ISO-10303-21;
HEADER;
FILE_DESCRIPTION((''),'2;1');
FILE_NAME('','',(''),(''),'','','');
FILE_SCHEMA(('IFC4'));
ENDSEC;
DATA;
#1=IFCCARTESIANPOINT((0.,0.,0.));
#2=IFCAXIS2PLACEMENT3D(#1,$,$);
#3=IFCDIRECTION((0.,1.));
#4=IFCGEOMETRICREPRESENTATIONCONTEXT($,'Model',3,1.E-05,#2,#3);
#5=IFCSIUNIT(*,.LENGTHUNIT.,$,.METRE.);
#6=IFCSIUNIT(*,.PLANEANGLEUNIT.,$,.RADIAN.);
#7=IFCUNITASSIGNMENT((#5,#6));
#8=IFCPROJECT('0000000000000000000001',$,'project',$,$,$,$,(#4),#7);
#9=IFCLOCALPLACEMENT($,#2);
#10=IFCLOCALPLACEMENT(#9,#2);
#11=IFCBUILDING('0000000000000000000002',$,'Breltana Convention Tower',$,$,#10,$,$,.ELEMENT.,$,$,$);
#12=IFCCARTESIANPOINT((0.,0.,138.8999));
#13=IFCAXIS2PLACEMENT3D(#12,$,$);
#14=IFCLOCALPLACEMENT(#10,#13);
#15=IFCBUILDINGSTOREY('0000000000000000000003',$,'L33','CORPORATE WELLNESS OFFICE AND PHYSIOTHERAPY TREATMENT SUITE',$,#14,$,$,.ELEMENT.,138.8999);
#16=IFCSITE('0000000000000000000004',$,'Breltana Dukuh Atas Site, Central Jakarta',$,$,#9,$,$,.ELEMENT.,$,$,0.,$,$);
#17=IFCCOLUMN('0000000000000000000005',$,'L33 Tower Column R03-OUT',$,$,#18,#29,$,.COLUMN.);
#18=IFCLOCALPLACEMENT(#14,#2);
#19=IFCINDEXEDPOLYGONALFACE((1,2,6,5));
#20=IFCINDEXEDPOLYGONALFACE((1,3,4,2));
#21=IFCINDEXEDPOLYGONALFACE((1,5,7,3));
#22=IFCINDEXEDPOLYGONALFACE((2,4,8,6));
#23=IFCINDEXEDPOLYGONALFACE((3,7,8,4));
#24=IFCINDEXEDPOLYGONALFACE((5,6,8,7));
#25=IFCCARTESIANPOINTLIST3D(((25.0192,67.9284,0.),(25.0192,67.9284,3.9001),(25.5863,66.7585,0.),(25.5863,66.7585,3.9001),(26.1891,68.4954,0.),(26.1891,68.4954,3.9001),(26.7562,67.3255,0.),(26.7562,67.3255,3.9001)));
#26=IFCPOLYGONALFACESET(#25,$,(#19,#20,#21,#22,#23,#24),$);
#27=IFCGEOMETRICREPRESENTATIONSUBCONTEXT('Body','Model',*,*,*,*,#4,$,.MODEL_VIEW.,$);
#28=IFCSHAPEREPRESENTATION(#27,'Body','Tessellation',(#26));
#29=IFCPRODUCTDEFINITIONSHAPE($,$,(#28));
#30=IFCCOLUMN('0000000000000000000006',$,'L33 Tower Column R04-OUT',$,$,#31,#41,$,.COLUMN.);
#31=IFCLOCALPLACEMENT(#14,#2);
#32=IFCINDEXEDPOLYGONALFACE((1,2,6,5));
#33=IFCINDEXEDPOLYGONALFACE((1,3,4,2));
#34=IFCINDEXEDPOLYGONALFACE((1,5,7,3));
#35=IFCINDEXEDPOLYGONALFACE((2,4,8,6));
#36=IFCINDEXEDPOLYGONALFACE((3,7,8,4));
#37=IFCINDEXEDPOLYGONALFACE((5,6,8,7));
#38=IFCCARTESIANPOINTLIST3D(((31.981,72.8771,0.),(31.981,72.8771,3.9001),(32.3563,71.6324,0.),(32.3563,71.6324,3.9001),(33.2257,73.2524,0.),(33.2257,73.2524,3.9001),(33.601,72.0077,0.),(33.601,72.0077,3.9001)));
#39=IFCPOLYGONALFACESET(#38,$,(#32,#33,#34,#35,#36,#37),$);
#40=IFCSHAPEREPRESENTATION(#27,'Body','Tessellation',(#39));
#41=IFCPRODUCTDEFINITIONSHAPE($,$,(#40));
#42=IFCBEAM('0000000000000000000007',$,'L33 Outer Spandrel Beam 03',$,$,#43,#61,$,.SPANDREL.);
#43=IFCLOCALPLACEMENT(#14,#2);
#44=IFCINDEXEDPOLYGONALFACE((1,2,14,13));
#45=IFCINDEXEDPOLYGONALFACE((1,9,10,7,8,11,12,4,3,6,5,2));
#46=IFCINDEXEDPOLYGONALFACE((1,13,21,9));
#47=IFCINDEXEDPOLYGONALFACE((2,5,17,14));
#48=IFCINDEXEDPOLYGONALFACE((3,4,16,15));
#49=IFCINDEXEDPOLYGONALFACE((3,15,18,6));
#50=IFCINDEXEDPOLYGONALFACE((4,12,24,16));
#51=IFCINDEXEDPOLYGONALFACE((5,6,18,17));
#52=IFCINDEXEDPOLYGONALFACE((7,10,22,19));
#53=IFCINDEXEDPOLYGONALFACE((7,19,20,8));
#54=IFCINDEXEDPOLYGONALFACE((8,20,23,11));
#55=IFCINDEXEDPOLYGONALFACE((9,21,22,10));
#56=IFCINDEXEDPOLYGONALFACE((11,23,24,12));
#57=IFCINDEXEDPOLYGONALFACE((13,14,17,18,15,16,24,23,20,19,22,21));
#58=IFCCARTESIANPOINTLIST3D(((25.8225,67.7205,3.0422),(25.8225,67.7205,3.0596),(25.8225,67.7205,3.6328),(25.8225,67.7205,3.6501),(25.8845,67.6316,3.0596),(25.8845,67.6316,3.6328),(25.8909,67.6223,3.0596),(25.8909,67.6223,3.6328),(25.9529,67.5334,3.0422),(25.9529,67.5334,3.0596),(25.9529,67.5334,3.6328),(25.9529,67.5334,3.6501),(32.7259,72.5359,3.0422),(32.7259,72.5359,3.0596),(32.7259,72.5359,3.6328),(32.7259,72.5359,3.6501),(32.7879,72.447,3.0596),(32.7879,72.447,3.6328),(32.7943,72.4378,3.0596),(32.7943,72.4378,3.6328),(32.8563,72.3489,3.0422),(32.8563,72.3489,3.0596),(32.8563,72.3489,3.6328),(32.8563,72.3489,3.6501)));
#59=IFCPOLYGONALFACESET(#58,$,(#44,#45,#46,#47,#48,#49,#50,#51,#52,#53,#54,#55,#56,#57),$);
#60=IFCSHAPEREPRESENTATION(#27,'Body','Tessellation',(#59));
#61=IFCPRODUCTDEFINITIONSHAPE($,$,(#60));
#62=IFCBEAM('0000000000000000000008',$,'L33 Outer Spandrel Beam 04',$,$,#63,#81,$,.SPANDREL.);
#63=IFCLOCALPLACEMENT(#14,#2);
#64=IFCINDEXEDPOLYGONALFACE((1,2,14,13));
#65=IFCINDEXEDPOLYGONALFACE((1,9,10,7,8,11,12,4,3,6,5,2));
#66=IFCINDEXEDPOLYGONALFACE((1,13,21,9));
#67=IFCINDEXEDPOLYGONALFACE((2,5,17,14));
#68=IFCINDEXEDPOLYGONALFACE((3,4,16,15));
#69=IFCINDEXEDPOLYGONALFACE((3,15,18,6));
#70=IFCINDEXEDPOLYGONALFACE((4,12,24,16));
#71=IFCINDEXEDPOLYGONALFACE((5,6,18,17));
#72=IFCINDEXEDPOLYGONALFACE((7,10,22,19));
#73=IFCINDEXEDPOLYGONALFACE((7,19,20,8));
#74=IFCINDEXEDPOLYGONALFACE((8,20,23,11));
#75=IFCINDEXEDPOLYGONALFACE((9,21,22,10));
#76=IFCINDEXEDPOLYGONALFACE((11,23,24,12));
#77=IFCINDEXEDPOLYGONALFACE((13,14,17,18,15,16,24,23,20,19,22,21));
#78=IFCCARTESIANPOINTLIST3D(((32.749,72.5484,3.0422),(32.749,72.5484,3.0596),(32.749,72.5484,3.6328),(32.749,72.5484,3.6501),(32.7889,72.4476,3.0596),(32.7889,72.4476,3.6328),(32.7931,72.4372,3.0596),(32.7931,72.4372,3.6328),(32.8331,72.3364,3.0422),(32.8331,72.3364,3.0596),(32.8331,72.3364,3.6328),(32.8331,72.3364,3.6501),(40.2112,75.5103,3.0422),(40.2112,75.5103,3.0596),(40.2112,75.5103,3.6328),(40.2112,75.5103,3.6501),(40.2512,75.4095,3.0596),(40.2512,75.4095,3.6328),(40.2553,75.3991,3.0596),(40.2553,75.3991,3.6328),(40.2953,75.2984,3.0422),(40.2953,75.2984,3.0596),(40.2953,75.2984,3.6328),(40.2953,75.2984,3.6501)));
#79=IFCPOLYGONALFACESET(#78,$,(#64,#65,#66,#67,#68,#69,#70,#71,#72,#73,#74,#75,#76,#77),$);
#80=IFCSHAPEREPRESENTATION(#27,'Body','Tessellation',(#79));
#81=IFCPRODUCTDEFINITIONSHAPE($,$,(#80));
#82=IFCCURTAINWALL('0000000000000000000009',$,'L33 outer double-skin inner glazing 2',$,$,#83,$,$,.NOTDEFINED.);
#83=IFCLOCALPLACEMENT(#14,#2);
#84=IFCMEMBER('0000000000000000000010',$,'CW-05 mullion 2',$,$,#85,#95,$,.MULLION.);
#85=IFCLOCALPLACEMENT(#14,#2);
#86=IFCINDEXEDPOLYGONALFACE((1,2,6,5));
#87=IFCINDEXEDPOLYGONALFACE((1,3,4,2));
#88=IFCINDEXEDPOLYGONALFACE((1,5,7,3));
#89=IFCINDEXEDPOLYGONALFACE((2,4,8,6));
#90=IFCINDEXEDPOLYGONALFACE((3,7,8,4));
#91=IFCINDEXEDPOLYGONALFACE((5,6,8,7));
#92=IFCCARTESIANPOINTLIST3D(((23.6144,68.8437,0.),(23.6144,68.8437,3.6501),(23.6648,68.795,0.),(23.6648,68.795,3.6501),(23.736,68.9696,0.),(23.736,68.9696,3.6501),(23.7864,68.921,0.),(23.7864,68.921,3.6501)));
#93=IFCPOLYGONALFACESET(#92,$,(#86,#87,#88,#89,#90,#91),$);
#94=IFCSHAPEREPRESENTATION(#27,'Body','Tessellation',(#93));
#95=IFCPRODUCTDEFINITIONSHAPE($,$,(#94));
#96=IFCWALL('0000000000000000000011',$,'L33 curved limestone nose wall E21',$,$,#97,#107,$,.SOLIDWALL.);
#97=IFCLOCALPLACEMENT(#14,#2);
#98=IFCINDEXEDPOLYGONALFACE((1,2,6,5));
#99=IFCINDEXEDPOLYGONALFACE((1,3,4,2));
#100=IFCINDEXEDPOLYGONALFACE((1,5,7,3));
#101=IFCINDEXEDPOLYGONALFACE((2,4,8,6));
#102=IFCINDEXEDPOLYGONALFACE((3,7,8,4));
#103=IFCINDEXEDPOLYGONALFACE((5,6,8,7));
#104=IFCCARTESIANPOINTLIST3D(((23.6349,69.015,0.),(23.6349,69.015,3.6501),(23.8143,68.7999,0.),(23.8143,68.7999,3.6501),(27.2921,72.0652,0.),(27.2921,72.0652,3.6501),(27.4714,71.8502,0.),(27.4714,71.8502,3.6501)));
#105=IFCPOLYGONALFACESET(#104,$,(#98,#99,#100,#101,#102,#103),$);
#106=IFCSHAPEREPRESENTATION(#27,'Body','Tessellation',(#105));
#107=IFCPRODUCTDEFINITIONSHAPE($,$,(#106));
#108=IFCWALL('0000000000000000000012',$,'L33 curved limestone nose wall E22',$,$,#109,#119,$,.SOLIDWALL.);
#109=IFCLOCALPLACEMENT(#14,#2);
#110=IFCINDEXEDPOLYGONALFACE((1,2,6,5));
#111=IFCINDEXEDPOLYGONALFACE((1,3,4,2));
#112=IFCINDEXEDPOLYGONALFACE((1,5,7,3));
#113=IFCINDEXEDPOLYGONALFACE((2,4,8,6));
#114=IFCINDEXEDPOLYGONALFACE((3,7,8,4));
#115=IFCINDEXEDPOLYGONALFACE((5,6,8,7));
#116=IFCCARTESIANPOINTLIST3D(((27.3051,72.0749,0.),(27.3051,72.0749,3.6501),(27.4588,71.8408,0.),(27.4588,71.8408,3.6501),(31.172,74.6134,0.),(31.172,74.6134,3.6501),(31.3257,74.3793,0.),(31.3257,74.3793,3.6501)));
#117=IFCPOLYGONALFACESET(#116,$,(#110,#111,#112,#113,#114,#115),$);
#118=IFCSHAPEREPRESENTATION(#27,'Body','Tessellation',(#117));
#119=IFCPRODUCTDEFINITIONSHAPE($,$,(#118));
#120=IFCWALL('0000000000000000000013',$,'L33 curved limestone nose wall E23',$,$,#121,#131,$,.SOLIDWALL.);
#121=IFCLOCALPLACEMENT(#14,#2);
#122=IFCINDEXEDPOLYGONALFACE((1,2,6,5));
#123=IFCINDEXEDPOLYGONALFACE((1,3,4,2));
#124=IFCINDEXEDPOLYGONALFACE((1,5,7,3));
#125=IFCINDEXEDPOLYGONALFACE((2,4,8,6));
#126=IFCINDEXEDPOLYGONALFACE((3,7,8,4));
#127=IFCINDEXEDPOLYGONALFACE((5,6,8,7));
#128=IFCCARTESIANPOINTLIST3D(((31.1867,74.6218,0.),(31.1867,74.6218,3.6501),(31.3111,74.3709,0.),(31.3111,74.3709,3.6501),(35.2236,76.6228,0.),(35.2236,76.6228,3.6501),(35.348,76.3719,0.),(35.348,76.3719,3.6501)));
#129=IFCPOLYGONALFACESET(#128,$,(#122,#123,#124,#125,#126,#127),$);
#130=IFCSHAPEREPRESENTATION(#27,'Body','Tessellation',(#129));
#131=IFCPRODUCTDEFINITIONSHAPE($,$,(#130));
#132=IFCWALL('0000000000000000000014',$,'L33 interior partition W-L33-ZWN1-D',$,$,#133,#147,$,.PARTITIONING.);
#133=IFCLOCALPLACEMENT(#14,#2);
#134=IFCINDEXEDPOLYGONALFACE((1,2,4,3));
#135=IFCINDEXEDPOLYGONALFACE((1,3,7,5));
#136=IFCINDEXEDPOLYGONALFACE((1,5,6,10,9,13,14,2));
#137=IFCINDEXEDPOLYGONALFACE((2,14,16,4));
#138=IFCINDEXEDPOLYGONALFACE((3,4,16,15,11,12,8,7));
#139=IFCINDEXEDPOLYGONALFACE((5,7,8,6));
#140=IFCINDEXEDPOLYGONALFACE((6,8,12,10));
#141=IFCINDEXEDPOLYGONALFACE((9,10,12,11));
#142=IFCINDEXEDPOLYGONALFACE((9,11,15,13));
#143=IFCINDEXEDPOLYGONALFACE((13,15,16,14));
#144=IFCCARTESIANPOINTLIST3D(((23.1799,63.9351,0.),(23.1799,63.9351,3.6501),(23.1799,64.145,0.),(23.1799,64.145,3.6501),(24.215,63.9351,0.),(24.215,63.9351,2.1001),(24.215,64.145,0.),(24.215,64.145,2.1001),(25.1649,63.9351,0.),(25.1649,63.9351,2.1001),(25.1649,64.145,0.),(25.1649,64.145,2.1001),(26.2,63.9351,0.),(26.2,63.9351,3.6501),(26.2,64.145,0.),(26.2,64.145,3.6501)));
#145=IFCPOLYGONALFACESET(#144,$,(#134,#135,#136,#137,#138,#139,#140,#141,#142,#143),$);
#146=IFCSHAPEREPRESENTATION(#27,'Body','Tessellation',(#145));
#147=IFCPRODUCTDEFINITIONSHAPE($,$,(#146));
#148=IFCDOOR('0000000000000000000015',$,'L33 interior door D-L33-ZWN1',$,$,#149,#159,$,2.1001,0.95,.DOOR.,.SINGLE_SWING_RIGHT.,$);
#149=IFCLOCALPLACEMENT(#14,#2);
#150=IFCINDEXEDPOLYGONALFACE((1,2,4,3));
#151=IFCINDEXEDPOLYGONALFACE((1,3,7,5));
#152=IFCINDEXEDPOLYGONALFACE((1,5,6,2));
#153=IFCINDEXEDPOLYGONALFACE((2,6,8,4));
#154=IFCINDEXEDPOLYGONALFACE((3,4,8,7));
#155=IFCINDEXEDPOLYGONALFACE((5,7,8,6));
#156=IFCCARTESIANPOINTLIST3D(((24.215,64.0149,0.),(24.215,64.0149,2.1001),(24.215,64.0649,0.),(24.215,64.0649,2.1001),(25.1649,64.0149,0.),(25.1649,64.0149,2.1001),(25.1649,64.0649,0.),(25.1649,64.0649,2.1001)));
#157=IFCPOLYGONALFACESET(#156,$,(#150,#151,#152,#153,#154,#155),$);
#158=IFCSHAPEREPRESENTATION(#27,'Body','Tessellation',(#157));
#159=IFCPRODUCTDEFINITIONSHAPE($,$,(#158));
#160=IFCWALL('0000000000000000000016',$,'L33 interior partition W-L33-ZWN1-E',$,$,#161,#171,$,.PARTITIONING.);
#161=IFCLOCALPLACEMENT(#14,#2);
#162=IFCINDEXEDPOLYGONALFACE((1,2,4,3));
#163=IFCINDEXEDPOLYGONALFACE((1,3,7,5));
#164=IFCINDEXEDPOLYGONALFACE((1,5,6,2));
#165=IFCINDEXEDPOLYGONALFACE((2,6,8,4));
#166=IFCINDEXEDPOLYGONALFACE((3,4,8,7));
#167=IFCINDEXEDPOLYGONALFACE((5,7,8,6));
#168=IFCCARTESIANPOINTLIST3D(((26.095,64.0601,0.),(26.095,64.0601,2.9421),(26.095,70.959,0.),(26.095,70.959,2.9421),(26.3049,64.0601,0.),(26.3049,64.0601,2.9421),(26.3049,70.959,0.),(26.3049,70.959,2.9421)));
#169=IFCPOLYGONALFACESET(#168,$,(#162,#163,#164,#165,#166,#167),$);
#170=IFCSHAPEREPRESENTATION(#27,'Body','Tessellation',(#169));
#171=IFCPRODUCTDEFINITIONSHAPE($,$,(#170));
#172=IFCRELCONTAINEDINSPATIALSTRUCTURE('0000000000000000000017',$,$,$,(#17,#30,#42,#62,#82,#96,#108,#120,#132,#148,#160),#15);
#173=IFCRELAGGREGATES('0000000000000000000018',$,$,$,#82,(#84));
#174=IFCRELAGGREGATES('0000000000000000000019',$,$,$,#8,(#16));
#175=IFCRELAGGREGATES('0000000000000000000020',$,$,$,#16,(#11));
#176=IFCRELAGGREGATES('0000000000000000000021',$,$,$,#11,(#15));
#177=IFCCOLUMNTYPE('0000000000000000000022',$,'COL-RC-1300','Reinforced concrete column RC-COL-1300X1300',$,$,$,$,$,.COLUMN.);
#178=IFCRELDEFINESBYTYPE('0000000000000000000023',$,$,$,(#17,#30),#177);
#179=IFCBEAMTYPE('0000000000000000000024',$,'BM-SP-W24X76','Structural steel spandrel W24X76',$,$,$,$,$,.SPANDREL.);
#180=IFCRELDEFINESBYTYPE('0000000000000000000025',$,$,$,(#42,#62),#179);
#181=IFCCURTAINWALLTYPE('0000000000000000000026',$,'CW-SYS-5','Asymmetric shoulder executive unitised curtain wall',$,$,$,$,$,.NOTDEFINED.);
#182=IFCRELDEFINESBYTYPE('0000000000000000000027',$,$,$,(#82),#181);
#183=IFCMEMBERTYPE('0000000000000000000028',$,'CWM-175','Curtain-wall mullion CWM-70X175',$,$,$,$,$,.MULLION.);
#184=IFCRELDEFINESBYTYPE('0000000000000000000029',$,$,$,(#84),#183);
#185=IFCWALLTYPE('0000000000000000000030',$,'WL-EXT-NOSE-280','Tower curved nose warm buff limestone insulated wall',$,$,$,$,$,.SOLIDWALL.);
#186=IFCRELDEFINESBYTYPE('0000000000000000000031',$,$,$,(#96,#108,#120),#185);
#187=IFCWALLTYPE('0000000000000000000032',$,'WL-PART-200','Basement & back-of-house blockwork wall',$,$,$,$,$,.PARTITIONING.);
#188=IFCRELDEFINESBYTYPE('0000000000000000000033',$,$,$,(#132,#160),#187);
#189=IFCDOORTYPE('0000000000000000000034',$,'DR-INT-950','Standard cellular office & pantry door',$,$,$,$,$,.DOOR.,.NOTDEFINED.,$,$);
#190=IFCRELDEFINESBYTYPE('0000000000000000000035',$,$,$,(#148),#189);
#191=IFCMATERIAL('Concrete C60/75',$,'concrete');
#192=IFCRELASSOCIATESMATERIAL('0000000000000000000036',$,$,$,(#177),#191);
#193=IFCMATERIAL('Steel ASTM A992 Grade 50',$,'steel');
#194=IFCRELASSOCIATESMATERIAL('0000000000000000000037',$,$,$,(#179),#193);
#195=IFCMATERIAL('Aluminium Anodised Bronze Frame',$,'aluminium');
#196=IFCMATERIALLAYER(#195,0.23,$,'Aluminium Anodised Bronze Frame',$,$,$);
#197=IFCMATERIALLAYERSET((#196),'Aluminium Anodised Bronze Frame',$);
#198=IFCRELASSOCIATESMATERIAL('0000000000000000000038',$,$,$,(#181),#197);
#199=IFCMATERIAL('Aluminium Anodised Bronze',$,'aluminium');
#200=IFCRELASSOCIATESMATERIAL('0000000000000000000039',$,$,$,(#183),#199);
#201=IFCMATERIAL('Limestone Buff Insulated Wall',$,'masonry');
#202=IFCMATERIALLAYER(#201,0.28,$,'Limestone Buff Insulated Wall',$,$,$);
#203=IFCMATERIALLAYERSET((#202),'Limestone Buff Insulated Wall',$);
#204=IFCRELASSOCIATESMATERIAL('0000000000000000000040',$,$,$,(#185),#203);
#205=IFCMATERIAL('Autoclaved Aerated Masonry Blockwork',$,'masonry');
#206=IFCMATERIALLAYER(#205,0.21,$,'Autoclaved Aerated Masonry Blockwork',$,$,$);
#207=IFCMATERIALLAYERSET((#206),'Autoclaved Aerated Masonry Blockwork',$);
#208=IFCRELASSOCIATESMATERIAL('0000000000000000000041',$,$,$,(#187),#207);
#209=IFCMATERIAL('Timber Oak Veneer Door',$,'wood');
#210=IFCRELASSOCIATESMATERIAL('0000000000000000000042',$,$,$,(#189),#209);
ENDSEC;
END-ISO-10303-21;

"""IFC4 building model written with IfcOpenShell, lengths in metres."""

from ifc_helpers import new_model, si_unit, direction, frame, frame_2d, origin, origin_2d, place, context, subcontext, project, spatial, rectangle, i_section, extrude, source, transform, mapped, material, layer, layer_set, material_profile, profile_set, type_object, type_shapes, element, fill, aggregate, save


model = new_model("IFC4")

# Units and contexts
model_context = context("Model", 3, precision=1e-05, world=origin(), true_north=direction((0.0, 1.0)))
body_context = subcontext(model_context, "Body", "Model", "MODEL_VIEW")
ifc_project = project(units=[si_unit("LENGTHUNIT", "METRE"), si_unit("PLANEANGLEUNIT", "RADIAN")], contexts=[model_context])

# Site, building, storey
site_placement = place(None, origin())
site = spatial("IfcSite", under=ifc_project, at=site_placement, Name="Breltana Dukuh Atas Site, Central Jakarta", CompositionType="ELEMENT", RefElevation=0.0)
building_placement = place(site_placement, origin())
building = spatial("IfcBuilding", under=site, at=building_placement, Name="Breltana Convention Tower", CompositionType="ELEMENT")
storey_placement = place(building_placement, frame((0.0, 0.0, 138.8999)))
storey = spatial("IfcBuildingStorey", under=building, at=storey_placement, Name="L33", Description="CORPORATE WELLNESS OFFICE AND PHYSIOTHERAPY TREATMENT SUITE", CompositionType="ELEMENT", Elevation=138.8999)

# Columns
ifc_material_1 = material(Name="Concrete C60/75", Category="concrete")
ifc_material_profile_1 = material_profile(ifc_material_1, rectangle(XDim=1.3, YDim=1.3, at=origin_2d()), Name="RC-COL-1300X1300")
ifc_profile_set_1 = profile_set([ifc_material_profile_1], Name="Concrete C60/75")
column_type = type_object("IfcColumnType", Name="COL-RC-1300", Description="Reinforced concrete column RC-COL-1300X1300", PredefinedType="COLUMN", material=ifc_profile_set_1)
shared_shape_1 = source(origin(), body_context, "Body", "SweptSolid", [
    extrude(rectangle(XDim=1.3, YDim=1.3, at=origin_2d()), origin(), (0.0, 0.0, 1.0), 3.9001),
])
for number, where, z_axis, x_axis, name in (
    (1, (25.8877, 67.627, 0.0), (0.0, 0.0, 1.0), (-0.436174, 0.899863, 0.0), "L33 Tower Column R03-OUT"),
    (2, (32.791, 72.4424, 0.0), (0.0, 0.0, 1.0), (-0.288698, 0.95742, 0.0), "L33 Tower Column R04-OUT"),
):
    element("IfcColumn", number, at=place(storey_placement, frame(where, z_axis=z_axis, x_axis=x_axis)), inside=storey, type_object=column_type, Name=name, PredefinedType="COLUMN", context=body_context, shape_type="MappedRepresentation", body=[
        mapped(shared_shape_1, transform((0.0, 0.0, 0.0), scale=1.0)),
    ])

# Beams
ifc_material_2 = material(Name="Steel ASTM A992 Grade 50", Category="steel")
ifc_material_profile_2 = material_profile(ifc_material_2, i_section(OverallWidth=0.228, OverallDepth=0.6079, WebThickness=0.0112, FlangeThickness=0.0173, at=origin_2d()), Name="W24X76")
ifc_profile_set_2 = profile_set([ifc_material_profile_2], Name="Steel ASTM A992 Grade 50")
beam_type = type_object("IfcBeamType", Name="BM-SP-W24X76", Description="Structural steel spandrel W24X76", PredefinedType="SPANDREL", material=ifc_profile_set_2)
shared_shape_2 = source(origin(), body_context, "Body", "SweptSolid", [
    extrude(i_section(OverallWidth=0.228, OverallDepth=0.6079, WebThickness=0.0112, FlangeThickness=0.0173, at=origin_2d()), origin(), (0.0, 0.0, 1.0), 8.417),
])
beam_1_placement = place(storey_placement, frame((25.8877, 67.627, 3.3462), z_axis=(0.820174, 0.572114, 0.0), x_axis=(-0.572114, 0.820174, 0.0)))
element("IfcBeam", 3, at=beam_1_placement, inside=storey, type_object=beam_type, Name="L33 Outer Spandrel Beam 03", PredefinedType="SPANDREL", context=body_context, shape_type="MappedRepresentation", body=[
    mapped(shared_shape_2, transform((0.0, 0.0, 0.0), scale=1.0)),
])
shared_shape_3 = source(origin(), body_context, "Body", "SweptSolid", [
    extrude(i_section(OverallWidth=0.228, OverallDepth=0.6079, WebThickness=0.0112, FlangeThickness=0.0173, at=origin_2d()), origin(), (0.0, 0.0, 1.0), 8.0286),
])
beam_2_placement = place(storey_placement, frame((32.791, 72.4424, 3.3462), z_axis=(0.929459, 0.368925, 0.0), x_axis=(-0.368925, 0.929459, 0.0)))
element("IfcBeam", 4, at=beam_2_placement, inside=storey, type_object=beam_type, Name="L33 Outer Spandrel Beam 04", PredefinedType="SPANDREL", context=body_context, shape_type="MappedRepresentation", body=[
    mapped(shared_shape_3, transform((0.0, 0.0, 0.0), scale=1.0)),
])

# Curtain wall, member
ifc_material_3 = material(Name="Aluminium Anodised Bronze Frame", Category="aluminium")
ifc_layer_1 = layer(ifc_material_3, 0.23, Name="Aluminium Anodised Bronze Frame")
ifc_layer_set_1 = layer_set([ifc_layer_1], Name="Aluminium Anodised Bronze Frame")
curtain_wall_type = type_object("IfcCurtainWallType", Name="CW-SYS-5", Description="Asymmetric shoulder executive unitised curtain wall", PredefinedType="NOTDEFINED", material=ifc_layer_set_1)
curtain_wall_placement = place(storey_placement, origin())
curtain_wall = element("IfcCurtainWall", 5, at=curtain_wall_placement, inside=storey, type_object=curtain_wall_type, Name="L33 outer double-skin inner glazing 2", PredefinedType="NOTDEFINED")
ifc_material_4 = material(Name="Aluminium Anodised Bronze", Category="aluminium")
ifc_material_profile_3 = material_profile(ifc_material_4, rectangle(XDim=0.0701, YDim=0.175, at=origin_2d()), Name="CWM-70X175")
ifc_profile_set_3 = profile_set([ifc_material_profile_3], Name="Aluminium Anodised Bronze")
member_type = type_object("IfcMemberType", Name="CWM-175", Description="Curtain-wall mullion CWM-70X175", PredefinedType="MULLION", material=ifc_profile_set_3)
shared_shape_4 = source(origin(), body_context, "Body", "SweptSolid", [
    extrude(rectangle(XDim=0.0701, YDim=0.175, at=origin_2d()), origin(), (0.0, 0.0, 1.0), 3.6501),
])
member_placement = place(storey_placement, frame((23.7004, 68.8823, 0.0), z_axis=(0.0, 0.0, 1.0), x_axis=(-0.719385, 0.694612, 0.0)))
member = element("IfcMember", 6, at=member_placement, type_object=member_type, Name="CW-05 mullion 2", PredefinedType="MULLION", context=body_context, shape_type="MappedRepresentation", body=[
    mapped(shared_shape_4, transform((0.0, 0.0, 0.0), scale=1.0)),
])
aggregate(curtain_wall, [member])

# Walls
ifc_material_5 = material(Name="Limestone Buff Insulated Wall", Category="masonry")
ifc_layer_2 = layer(ifc_material_5, 0.28, Name="Limestone Buff Insulated Wall")
ifc_layer_set_2 = layer_set([ifc_layer_2], Name="Limestone Buff Insulated Wall")
wall_type_1 = type_object("IfcWallType", Name="WL-EXT-NOSE-280", Description="Tower curved nose warm buff limestone insulated wall", PredefinedType="SOLIDWALL", material=ifc_layer_set_2)
shared_shape_5 = source(origin(), body_context, "Body", "SweptSolid", [
    extrude(rectangle(XDim=4.7622, YDim=0.28, at=frame_2d((2.3811, 0.0))), origin(), (0.0, 0.0, 1.0), 3.6501),
])
wall_1_placement = place(storey_placement, frame((23.7246, 68.9075, 0.0), z_axis=(0.0, 0.0, 1.0), x_axis=(0.767952, 0.640507, 0.0)))
element("IfcWall", 7, at=wall_1_placement, inside=storey, type_object=wall_type_1, Name="L33 curved limestone nose wall E21", PredefinedType="SOLIDWALL", context=body_context, shape_type="MappedRepresentation", body=[
    mapped(shared_shape_5, transform((0.0, 0.0, 0.0), scale=1.0)),
])
shared_shape_6 = source(origin(), body_context, "Body", "SweptSolid", [
    extrude(rectangle(XDim=4.6257, YDim=0.28, at=frame_2d((2.313, 0.0))), origin(), (0.0, 0.0, 1.0), 3.6501),
])
wall_2_placement = place(storey_placement, frame((27.3818, 71.9578, 0.0), z_axis=(0.0, 0.0, 1.0), x_axis=(0.835959, 0.548791, 0.0)))
element("IfcWall", 8, at=wall_2_placement, inside=storey, type_object=wall_type_1, Name="L33 curved limestone nose wall E22", PredefinedType="SOLIDWALL", context=body_context, shape_type="MappedRepresentation", body=[
    mapped(shared_shape_6, transform((0.0, 0.0, 0.0), scale=1.0)),
])
shared_shape_7 = source(origin(), body_context, "Body", "SweptSolid", [
    extrude(rectangle(XDim=4.5056, YDim=0.28, at=frame_2d((2.2529, 0.0))), origin(), (0.0, 0.0, 1.0), 3.6501),
])
wall_3_placement = place(storey_placement, frame((31.2488, 74.4963, 0.0), z_axis=(0.0, 0.0, 1.0), x_axis=(0.895972, 0.444111, 0.0)))
element("IfcWall", 9, at=wall_3_placement, inside=storey, type_object=wall_type_1, Name="L33 curved limestone nose wall E23", PredefinedType="SOLIDWALL", context=body_context, shape_type="MappedRepresentation", body=[
    mapped(shared_shape_7, transform((0.0, 0.0, 0.0), scale=1.0)),
])

# Wall, opening, door
ifc_material_6 = material(Name="Autoclaved Aerated Masonry Blockwork", Category="masonry")
ifc_layer_3 = layer(ifc_material_6, 0.21, Name="Autoclaved Aerated Masonry Blockwork")
ifc_layer_set_3 = layer_set([ifc_layer_3], Name="Autoclaved Aerated Masonry Blockwork")
wall_type_2 = type_object("IfcWallType", Name="WL-PART-200", Description="Basement & back-of-house blockwork wall", PredefinedType="PARTITIONING", material=ifc_layer_set_3)
shared_shape_8 = source(origin(), body_context, "Body", "SweptSolid", [
    extrude(rectangle(XDim=3.02, YDim=0.21, at=frame_2d((1.51, 0.0))), origin(), (0.0, 0.0, 1.0), 3.6501),
])
wall_4_placement = place(storey_placement, frame((23.1799, 64.04, 0.0), z_axis=(0.0, 0.0, 1.0), x_axis=(1.0, 0.0, 0.0)))
wall_4 = element("IfcWall", 10, at=wall_4_placement, inside=storey, type_object=wall_type_2, Name="L33 interior partition W-L33-ZWN1-D", PredefinedType="PARTITIONING", context=body_context, shape_type="MappedRepresentation", body=[
    mapped(shared_shape_8, transform((0.0, 0.0, 0.0), scale=1.0)),
])
opening_1_placement = place(wall_4_placement, frame((1.0349, 0.0, 0.0)))
opening_1 = element("IfcOpeningElement", 11, at=opening_1_placement, cuts=wall_4, PredefinedType="OPENING", context=body_context, shape_type="SweptSolid", body=[
    extrude(rectangle(XDim=0.95, YDim=2.1001, at=frame_2d((0.4751, 1.05))), frame((0.0, 0.115, 0.0), z_axis=(0.0, -1.0, 0.0), x_axis=(1.0, 0.0, 0.0)), (0.0, 0.0, 1.0), 0.23),
])
ifc_material_7 = material(Name="Timber Oak Veneer Door", Category="wood")
door_type = type_object("IfcDoorType", Name="DR-INT-950", Description="Standard cellular office & pantry door", OperationType="NOTDEFINED", PredefinedType="DOOR", material=ifc_material_7)
shared_shape_9 = source(origin(), body_context, "Body", "SweptSolid", [
    extrude(rectangle(XDim=0.95, YDim=2.1001, at=frame_2d((0.4751, 1.05))), frame((0.0, 0.0249, 0.0), z_axis=(0.0, -1.0, 0.0), x_axis=(1.0, 0.0, 0.0)), (0.0, 0.0, 1.0), 0.05),
])
type_shapes(door_type, [shared_shape_9])
door_1_placement = place(opening_1_placement, origin())
door_1 = element("IfcDoor", 12, at=door_1_placement, inside=storey, type_object=door_type, Name="L33 interior door D-L33-ZWN1", OperationType="SINGLE_SWING_RIGHT", OverallHeight=2.1001, OverallWidth=0.95, PredefinedType="DOOR", context=body_context, shape_type="MappedRepresentation", body=[
    mapped(shared_shape_9, transform((0.0, 0.0, 0.0), scale=1.0)),
])
fill(opening_1, door_1)

# Wall
shared_shape_10 = source(origin(), body_context, "Body", "SweptSolid", [
    extrude(rectangle(XDim=6.8989, YDim=0.21, at=frame_2d((3.4495, 0.0))), origin(), (0.0, 0.0, 1.0), 2.9421),
])
wall_5_placement = place(storey_placement, frame((26.2, 64.0601, 0.0), z_axis=(0.0, 0.0, 1.0), x_axis=(0.0, 1.0, 0.0)))
element("IfcWall", 13, at=wall_5_placement, inside=storey, type_object=wall_type_2, Name="L33 interior partition W-L33-ZWN1-E", PredefinedType="PARTITIONING", context=body_context, shape_type="MappedRepresentation", body=[
    mapped(shared_shape_10, transform((0.0, 0.0, 0.0), scale=1.0)),
])

save(model, "model.ifc")
